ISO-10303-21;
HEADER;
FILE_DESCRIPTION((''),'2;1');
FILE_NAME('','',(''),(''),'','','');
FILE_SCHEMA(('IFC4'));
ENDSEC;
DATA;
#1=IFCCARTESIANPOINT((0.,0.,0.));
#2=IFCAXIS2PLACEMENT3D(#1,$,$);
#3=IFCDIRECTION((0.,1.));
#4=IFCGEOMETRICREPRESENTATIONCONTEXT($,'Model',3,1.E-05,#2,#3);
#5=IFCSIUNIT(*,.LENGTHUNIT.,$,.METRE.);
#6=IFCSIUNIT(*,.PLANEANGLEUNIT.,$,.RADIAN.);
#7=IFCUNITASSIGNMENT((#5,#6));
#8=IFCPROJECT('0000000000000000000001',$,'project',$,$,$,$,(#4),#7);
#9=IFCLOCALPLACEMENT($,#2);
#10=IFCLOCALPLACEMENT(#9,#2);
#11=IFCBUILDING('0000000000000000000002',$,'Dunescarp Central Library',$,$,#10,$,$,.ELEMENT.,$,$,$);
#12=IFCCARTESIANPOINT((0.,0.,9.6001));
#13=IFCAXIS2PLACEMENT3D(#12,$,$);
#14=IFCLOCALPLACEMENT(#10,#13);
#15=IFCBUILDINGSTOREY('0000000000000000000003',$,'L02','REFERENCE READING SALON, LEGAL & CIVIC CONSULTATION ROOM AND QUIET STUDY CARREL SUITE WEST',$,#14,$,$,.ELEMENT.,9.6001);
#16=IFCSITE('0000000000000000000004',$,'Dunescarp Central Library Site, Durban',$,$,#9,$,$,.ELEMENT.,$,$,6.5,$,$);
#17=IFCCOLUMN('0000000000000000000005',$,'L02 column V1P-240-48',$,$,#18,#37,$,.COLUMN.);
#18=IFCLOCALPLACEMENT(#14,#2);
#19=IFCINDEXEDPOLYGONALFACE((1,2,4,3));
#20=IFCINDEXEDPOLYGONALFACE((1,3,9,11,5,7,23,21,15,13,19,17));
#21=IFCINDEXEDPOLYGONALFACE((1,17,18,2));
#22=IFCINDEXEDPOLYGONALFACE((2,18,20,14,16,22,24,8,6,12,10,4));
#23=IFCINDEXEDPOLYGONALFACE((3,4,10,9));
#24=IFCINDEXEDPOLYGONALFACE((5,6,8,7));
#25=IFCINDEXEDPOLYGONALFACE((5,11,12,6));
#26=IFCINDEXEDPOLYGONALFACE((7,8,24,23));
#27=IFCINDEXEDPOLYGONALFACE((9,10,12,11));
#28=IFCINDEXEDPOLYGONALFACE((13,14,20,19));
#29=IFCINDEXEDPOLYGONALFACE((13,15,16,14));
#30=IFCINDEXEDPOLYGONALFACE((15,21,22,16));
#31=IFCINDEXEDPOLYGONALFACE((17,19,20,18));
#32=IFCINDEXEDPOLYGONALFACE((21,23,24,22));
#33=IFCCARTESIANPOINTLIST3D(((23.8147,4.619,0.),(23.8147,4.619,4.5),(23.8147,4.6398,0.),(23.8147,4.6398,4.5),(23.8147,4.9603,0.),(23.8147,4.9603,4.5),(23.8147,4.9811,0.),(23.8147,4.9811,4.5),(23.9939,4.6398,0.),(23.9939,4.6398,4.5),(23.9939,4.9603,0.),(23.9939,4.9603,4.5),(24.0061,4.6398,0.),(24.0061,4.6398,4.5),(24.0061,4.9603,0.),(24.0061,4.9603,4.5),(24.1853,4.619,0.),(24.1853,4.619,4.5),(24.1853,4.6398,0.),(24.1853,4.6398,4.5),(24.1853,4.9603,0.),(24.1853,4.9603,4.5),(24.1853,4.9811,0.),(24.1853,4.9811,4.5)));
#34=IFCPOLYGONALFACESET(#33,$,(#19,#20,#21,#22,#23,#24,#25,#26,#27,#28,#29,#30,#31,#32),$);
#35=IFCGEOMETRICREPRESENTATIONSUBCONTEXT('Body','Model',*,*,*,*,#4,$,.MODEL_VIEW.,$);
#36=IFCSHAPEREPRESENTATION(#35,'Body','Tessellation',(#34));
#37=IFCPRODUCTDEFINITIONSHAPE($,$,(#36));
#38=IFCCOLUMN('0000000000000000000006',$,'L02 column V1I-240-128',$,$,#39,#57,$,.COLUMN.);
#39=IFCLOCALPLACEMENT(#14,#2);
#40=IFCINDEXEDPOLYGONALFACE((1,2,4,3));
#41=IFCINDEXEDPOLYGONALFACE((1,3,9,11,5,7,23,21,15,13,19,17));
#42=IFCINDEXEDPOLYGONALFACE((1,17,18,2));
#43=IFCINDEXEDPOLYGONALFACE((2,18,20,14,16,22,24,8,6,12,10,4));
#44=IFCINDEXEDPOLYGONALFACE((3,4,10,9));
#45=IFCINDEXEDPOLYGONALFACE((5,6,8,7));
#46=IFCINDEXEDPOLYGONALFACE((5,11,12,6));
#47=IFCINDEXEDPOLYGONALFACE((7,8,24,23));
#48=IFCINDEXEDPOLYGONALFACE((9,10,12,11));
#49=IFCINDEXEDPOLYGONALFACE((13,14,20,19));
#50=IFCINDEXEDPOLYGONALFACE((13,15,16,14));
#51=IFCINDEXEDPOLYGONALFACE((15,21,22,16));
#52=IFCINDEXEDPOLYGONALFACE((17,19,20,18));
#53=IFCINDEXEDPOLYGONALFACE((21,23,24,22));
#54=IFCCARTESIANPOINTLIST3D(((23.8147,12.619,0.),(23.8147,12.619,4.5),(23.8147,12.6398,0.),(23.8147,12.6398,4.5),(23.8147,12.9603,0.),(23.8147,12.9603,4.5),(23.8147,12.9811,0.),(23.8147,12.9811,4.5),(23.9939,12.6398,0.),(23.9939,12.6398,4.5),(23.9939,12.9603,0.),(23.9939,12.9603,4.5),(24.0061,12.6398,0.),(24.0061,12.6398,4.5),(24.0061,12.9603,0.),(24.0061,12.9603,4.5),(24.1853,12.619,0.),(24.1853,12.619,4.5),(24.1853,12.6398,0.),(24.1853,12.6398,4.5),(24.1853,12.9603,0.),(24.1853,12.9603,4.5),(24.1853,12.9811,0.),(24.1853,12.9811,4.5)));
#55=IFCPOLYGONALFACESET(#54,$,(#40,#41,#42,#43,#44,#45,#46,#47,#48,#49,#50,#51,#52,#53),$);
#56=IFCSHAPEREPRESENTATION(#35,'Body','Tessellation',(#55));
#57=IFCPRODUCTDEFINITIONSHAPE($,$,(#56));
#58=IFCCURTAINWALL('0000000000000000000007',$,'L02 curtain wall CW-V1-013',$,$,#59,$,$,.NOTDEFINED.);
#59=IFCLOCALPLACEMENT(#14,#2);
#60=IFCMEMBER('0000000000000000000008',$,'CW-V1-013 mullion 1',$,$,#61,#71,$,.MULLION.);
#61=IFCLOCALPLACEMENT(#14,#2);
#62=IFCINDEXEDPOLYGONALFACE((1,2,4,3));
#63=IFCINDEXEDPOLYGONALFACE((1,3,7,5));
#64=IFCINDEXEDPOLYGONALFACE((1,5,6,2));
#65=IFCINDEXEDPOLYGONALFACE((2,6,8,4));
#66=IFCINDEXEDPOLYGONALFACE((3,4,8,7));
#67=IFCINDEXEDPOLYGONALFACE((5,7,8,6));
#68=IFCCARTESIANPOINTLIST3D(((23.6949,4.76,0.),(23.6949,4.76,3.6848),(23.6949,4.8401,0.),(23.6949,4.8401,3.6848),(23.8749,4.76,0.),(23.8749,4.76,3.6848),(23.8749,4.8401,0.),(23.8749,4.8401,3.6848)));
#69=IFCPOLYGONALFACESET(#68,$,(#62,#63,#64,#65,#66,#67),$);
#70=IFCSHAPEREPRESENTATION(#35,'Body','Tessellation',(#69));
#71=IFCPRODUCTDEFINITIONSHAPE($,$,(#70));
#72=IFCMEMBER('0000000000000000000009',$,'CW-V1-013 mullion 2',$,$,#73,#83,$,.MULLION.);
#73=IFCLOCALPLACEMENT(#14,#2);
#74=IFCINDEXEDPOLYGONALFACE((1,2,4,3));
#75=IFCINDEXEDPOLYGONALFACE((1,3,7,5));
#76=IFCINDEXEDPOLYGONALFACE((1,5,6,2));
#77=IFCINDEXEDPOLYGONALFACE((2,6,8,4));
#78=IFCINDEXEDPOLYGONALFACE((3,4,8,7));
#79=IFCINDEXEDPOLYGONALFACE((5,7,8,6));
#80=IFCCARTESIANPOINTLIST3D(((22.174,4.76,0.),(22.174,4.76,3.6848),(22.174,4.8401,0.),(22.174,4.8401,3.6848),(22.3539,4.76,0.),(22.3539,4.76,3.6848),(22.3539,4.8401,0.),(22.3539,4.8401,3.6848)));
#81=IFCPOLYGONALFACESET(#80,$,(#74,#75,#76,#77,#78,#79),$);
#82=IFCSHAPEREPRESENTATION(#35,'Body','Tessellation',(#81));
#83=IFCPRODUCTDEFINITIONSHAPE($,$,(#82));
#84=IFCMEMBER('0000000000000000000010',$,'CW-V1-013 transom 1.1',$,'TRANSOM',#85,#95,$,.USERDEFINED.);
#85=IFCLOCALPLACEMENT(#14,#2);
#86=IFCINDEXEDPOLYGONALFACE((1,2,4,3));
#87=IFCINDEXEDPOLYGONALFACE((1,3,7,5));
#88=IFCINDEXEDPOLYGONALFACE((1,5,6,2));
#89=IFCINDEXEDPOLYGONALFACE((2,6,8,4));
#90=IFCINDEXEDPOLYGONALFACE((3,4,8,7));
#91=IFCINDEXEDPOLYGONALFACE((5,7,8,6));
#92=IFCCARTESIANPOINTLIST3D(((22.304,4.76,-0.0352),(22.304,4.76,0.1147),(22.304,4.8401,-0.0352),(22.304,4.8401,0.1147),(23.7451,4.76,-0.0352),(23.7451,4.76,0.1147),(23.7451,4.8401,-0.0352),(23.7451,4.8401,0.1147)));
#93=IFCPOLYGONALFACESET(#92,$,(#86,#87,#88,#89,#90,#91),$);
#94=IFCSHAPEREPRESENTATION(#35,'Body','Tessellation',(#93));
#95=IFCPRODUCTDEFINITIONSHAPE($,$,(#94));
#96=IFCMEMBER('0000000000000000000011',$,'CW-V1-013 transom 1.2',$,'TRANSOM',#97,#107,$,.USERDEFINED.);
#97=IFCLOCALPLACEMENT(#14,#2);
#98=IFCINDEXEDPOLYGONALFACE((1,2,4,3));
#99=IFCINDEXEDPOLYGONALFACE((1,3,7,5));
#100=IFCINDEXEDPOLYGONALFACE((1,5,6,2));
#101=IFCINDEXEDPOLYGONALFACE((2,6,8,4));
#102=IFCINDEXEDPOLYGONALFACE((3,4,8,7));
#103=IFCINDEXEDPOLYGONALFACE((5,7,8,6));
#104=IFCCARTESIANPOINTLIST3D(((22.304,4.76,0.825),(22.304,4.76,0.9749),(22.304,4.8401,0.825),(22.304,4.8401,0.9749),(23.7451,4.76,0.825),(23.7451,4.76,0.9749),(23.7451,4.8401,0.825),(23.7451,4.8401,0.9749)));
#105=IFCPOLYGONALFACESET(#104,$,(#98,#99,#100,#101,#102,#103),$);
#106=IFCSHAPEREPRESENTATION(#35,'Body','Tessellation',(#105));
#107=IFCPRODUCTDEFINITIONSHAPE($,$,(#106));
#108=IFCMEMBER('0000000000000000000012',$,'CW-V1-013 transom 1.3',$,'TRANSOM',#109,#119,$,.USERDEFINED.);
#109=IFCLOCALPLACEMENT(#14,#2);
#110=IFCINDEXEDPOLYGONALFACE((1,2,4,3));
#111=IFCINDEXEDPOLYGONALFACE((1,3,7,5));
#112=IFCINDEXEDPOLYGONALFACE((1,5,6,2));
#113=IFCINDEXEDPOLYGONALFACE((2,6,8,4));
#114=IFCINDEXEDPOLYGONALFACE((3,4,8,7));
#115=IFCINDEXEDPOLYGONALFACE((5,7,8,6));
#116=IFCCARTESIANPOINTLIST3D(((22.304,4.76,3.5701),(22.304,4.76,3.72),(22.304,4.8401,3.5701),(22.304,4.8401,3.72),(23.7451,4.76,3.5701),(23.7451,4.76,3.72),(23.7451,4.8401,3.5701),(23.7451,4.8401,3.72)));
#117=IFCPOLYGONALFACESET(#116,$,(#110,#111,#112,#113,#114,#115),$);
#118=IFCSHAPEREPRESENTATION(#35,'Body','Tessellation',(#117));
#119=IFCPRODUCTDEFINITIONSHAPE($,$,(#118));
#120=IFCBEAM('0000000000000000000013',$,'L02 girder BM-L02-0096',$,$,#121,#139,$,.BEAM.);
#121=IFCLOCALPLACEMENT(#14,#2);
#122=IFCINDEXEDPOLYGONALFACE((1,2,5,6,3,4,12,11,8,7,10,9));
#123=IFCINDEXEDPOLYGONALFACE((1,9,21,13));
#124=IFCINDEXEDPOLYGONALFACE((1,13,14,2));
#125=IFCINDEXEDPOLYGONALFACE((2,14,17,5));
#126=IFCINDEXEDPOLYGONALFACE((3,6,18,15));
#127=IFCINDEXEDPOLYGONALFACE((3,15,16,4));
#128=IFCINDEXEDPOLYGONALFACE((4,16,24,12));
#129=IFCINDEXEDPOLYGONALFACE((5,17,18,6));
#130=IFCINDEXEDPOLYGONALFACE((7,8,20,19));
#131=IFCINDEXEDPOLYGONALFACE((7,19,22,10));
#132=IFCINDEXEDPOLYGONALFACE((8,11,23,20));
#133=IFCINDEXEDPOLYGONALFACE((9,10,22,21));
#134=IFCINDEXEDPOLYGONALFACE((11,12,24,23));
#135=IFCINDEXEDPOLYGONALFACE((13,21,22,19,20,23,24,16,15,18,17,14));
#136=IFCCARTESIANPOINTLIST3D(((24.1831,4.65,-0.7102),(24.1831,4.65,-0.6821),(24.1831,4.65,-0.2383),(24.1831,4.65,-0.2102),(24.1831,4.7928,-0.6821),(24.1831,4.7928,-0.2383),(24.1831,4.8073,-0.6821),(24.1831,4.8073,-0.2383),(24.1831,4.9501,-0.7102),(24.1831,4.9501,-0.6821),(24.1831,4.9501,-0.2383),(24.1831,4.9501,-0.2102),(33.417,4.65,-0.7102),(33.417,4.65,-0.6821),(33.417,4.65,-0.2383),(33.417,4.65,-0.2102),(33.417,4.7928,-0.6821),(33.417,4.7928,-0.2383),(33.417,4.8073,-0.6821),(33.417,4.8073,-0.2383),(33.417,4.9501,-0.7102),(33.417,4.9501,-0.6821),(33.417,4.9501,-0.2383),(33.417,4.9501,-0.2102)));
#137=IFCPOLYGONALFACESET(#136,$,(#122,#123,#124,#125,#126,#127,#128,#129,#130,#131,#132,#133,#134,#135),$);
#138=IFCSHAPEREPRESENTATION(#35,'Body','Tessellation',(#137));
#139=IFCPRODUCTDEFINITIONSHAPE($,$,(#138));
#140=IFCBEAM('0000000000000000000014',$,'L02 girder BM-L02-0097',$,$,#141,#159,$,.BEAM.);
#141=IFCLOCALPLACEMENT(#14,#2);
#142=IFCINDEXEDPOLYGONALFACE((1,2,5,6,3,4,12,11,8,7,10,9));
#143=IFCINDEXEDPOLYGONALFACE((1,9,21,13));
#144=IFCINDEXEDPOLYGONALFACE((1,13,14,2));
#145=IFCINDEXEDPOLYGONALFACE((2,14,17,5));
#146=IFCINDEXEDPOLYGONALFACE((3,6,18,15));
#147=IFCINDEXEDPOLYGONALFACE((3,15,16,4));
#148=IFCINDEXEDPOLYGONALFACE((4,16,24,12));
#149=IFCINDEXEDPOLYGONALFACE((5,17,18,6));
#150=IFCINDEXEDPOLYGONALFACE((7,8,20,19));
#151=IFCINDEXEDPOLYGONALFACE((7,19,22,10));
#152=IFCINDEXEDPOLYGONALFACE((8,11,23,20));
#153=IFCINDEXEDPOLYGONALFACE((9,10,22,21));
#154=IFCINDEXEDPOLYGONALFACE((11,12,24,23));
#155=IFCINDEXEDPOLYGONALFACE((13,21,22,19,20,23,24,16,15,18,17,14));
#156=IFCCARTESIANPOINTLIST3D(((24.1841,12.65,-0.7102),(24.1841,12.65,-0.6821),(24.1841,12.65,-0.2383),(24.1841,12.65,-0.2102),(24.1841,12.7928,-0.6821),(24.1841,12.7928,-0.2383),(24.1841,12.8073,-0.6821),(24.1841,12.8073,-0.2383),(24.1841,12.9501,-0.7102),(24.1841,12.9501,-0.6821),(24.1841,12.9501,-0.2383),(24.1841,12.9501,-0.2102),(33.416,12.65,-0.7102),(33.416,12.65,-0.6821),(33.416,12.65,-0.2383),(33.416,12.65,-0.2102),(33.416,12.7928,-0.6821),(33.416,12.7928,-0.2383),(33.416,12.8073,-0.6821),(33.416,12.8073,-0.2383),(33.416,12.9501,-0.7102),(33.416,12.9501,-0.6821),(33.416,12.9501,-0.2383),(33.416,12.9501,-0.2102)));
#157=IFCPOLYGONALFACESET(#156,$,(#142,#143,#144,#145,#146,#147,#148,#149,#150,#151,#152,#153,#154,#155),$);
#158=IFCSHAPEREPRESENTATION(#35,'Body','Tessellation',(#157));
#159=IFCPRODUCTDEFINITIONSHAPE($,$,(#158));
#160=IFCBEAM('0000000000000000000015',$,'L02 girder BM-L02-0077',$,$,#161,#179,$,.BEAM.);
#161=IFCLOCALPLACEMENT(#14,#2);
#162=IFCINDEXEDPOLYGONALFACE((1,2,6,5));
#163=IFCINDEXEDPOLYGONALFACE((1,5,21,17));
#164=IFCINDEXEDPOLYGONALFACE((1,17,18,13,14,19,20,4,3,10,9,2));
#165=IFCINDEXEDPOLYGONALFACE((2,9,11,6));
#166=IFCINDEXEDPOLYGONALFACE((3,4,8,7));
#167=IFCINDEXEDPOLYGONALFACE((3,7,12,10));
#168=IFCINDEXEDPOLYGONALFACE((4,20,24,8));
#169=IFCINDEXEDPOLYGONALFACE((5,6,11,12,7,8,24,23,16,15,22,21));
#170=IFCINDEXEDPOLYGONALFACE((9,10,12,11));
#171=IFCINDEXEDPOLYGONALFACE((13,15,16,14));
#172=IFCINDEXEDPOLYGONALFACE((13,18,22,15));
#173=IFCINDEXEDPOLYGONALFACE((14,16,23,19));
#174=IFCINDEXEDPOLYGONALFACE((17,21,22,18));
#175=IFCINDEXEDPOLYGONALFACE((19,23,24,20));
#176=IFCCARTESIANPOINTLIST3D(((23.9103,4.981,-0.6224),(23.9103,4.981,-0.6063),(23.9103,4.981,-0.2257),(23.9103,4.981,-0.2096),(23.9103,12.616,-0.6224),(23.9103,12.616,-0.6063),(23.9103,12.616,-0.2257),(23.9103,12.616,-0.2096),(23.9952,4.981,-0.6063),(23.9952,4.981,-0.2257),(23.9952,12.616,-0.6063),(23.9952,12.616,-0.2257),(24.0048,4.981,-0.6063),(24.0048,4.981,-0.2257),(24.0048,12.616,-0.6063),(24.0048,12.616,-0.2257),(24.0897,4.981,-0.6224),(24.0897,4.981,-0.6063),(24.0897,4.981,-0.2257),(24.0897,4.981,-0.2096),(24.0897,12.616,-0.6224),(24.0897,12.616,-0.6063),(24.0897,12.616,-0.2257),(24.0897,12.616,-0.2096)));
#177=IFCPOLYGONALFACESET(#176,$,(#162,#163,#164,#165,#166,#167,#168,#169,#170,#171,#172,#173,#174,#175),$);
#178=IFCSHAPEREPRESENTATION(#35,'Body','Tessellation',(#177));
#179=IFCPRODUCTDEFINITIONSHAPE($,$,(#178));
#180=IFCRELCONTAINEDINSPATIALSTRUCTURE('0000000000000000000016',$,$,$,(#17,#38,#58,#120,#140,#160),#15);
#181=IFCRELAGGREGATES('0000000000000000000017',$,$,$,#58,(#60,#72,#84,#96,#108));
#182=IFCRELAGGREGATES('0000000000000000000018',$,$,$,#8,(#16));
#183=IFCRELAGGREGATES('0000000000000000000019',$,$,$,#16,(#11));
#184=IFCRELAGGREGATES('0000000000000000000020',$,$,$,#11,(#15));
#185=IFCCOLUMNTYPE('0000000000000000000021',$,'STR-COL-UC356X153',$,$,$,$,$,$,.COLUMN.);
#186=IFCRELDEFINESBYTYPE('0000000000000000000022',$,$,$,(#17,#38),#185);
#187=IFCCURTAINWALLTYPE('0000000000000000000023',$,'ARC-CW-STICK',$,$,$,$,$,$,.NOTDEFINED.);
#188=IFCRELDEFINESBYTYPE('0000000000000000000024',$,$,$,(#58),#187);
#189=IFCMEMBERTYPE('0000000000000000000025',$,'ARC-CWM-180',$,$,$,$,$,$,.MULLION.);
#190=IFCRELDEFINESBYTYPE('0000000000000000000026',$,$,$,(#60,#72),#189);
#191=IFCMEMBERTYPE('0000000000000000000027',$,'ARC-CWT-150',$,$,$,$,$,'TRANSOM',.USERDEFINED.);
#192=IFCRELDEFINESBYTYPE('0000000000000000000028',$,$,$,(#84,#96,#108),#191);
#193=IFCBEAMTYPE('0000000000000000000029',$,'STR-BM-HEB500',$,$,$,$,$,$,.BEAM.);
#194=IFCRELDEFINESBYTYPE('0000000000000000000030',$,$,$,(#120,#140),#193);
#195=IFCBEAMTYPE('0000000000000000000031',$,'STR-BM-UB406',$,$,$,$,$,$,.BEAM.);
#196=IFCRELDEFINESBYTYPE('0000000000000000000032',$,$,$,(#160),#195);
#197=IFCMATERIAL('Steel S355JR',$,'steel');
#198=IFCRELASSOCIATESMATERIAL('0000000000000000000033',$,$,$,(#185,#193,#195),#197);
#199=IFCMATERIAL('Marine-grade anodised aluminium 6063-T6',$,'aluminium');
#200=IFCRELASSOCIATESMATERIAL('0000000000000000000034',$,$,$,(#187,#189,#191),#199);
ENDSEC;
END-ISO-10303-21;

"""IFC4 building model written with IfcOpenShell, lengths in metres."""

from ifc_helpers import new_model, si_unit, direction, frame, origin, origin_2d, place, context, subcontext, project, spatial, rectangle, i_section, extrude, material, material_profile, profile_set, type_object, element, aggregate, save


model = new_model("IFC4")

# Units and contexts
model_context = context("Model", 3, precision=1e-05, world=origin(), true_north=direction((0.0, 1.0)))
body_context = subcontext(model_context, "Body", "Model", "MODEL_VIEW")
ifc_project = project(units=[si_unit("LENGTHUNIT", "METRE"), si_unit("PLANEANGLEUNIT", "RADIAN")], contexts=[model_context])

# Site, building, storey
site_placement = place(None, origin())
site = spatial("IfcSite", under=ifc_project, at=site_placement, Name="Dunescarp Central Library Site, Durban", CompositionType="ELEMENT", RefElevation=6.5)
building_placement = place(site_placement, origin())
building = spatial("IfcBuilding", under=site, at=building_placement, Name="Dunescarp Central Library", CompositionType="ELEMENT")
storey_placement = place(building_placement, frame((0.0, 0.0, 9.6001)))
storey = spatial("IfcBuildingStorey", under=building, at=storey_placement, Name="L02", Description="REFERENCE READING SALON, LEGAL & CIVIC CONSULTATION ROOM AND QUIET STUDY CARREL SUITE WEST", CompositionType="ELEMENT", Elevation=9.6001)

# Columns
ifc_material_1 = material(Name="Steel S355JR", Category="steel")
ifc_material_profile_1 = material_profile(ifc_material_1, i_section(OverallWidth=0.3706, OverallDepth=0.3621, WebThickness=0.0122, FlangeThickness=0.0208, at=origin_2d()), Name="UC 356x368x153")
ifc_profile_set_1 = profile_set([ifc_material_profile_1], Name="Steel S355JR")
column_type = type_object("IfcColumnType", Name="STR-COL-UC356X153", PredefinedType="COLUMN", material=ifc_profile_set_1)
for number, where, z_axis, x_axis, name in (
    (1, (24.0, 4.8, 0.0), (0.0, 0.0, 1.0), (1.0, 0.0, 0.0), "L02 column V1P-240-48"),
    (2, (24.0, 12.8, 0.0), (0.0, 0.0, 1.0), (1.0, 0.0, 0.0), "L02 column V1I-240-128"),
):
    element("IfcColumn", number, at=place(storey_placement, frame(where, z_axis=z_axis, x_axis=x_axis)), inside=storey, type_object=column_type, Name=name, PredefinedType="COLUMN", context=body_context, shape_type="SweptSolid", body=[
        extrude(i_section(OverallWidth=0.3706, OverallDepth=0.3621, WebThickness=0.0122, FlangeThickness=0.0208, at=origin_2d()), origin(), (0.0, 0.0, 1.0), 4.5),
    ])

# Curtain wall, members
ifc_material_2 = material(Name="Marine-grade anodised aluminium 6063-T6", Category="aluminium")
curtain_wall_type = type_object("IfcCurtainWallType", Name="ARC-CW-STICK", PredefinedType="NOTDEFINED", material=ifc_material_2)
curtain_wall_placement = place(storey_placement, origin())
curtain_wall = element("IfcCurtainWall", 3, at=curtain_wall_placement, inside=storey, type_object=curtain_wall_type, Name="L02 curtain wall CW-V1-013", PredefinedType="NOTDEFINED")
ifc_material_profile_2 = material_profile(ifc_material_2, rectangle(XDim=0.0801, YDim=0.1799, at=origin_2d()), Name="AL 80x180")
ifc_profile_set_2 = profile_set([ifc_material_profile_2], Name="Marine-grade anodised aluminium 6063-T6")
member_type_1 = type_object("IfcMemberType", Name="ARC-CWM-180", PredefinedType="MULLION", material=ifc_profile_set_2)
member_1_placement = place(storey_placement, frame((23.7849, 4.8, 0.0), z_axis=(0.0, 0.0, 1.0), x_axis=(0.0, -1.0, 0.0)))
member_1 = element("IfcMember", 4, at=member_1_placement, type_object=member_type_1, Name="CW-V1-013 mullion 1", PredefinedType="MULLION", context=body_context, shape_type="SweptSolid", body=[
    extrude(rectangle(XDim=0.0801, YDim=0.1799, at=origin_2d()), origin(), (0.0, 0.0, 1.0), 3.6848),
])
member_2_placement = place(storey_placement, frame((22.2639, 4.8, 0.0), z_axis=(0.0, 0.0, 1.0), x_axis=(0.0, -1.0, 0.0)))
member_2 = element("IfcMember", 5, at=member_2_placement, type_object=member_type_1, Name="CW-V1-013 mullion 2", PredefinedType="MULLION", context=body_context, shape_type="SweptSolid", body=[
    extrude(rectangle(XDim=0.0801, YDim=0.1799, at=origin_2d()), origin(), (0.0, 0.0, 1.0), 3.6848),
])
ifc_material_profile_3 = material_profile(ifc_material_2, rectangle(XDim=0.0801, YDim=0.1499, at=origin_2d()), Name="AL 80x150")
ifc_profile_set_3 = profile_set([ifc_material_profile_3], Name="Marine-grade anodised aluminium 6063-T6")
member_type_2 = type_object("IfcMemberType", Name="ARC-CWT-150", ElementType="TRANSOM", PredefinedType="USERDEFINED", material=ifc_profile_set_3)
member_3_placement = place(storey_placement, frame((23.7451, 4.8, 0.0398), z_axis=(-1.0, 0.0, 0.0), x_axis=(0.0, -1.0, 0.0)))
member_3 = element("IfcMember", 6, at=member_3_placement, type_object=member_type_2, Name="CW-V1-013 transom 1.1", ObjectType="TRANSOM", PredefinedType="USERDEFINED", context=body_context, shape_type="SweptSolid", body=[
    extrude(rectangle(XDim=0.0801, YDim=0.1499, at=origin_2d()), origin(), (0.0, 0.0, 1.0), 1.4412),
])
member_4_placement = place(storey_placement, frame((23.7451, 4.8, 0.8999), z_axis=(-1.0, 0.0, 0.0), x_axis=(0.0, -1.0, 0.0)))
member_4 = element("IfcMember", 7, at=member_4_placement, type_object=member_type_2, Name="CW-V1-013 transom 1.2", ObjectType="TRANSOM", PredefinedType="USERDEFINED", context=body_context, shape_type="SweptSolid", body=[
    extrude(rectangle(XDim=0.0801, YDim=0.1499, at=origin_2d()), origin(), (0.0, 0.0, 1.0), 1.4412),
])
member_5_placement = place(storey_placement, frame((23.7451, 4.8, 3.645), z_axis=(-1.0, 0.0, 0.0), x_axis=(0.0, -1.0, 0.0)))
member_5 = element("IfcMember", 8, at=member_5_placement, type_object=member_type_2, Name="CW-V1-013 transom 1.3", ObjectType="TRANSOM", PredefinedType="USERDEFINED", context=body_context, shape_type="SweptSolid", body=[
    extrude(rectangle(XDim=0.0801, YDim=0.1499, at=origin_2d()), origin(), (0.0, 0.0, 1.0), 1.4412),
])

# Beams
ifc_material_profile_4 = material_profile(ifc_material_1, i_section(OverallWidth=0.3, OverallDepth=0.5, WebThickness=0.0144, FlangeThickness=0.0281, at=origin_2d()), Name="HEB 500")
ifc_profile_set_4 = profile_set([ifc_material_profile_4], Name="Steel S355JR")
beam_type_1 = type_object("IfcBeamType", Name="STR-BM-HEB500", PredefinedType="BEAM", material=ifc_profile_set_4)
beam_1_placement = place(storey_placement, frame((24.1831, 4.8, -0.4602), z_axis=(1.0, 0.0, 0.0), x_axis=(0.0, 1.0, 0.0)))
element("IfcBeam", 9, at=beam_1_placement, inside=storey, type_object=beam_type_1, Name="L02 girder BM-L02-0096", PredefinedType="BEAM", context=body_context, shape_type="SweptSolid", body=[
    extrude(i_section(OverallWidth=0.3, OverallDepth=0.5, WebThickness=0.0144, FlangeThickness=0.0281, at=origin_2d()), origin(), (0.0, 0.0, 1.0), 9.2339),
])
beam_2_placement = place(storey_placement, frame((24.1841, 12.8, -0.4602), z_axis=(1.0, 0.0, 0.0), x_axis=(0.0, 1.0, 0.0)))
element("IfcBeam", 10, at=beam_2_placement, inside=storey, type_object=beam_type_1, Name="L02 girder BM-L02-0097", PredefinedType="BEAM", context=body_context, shape_type="SweptSolid", body=[
    extrude(i_section(OverallWidth=0.3, OverallDepth=0.5, WebThickness=0.0144, FlangeThickness=0.0281, at=origin_2d()), origin(), (0.0, 0.0, 1.0), 9.2319),
])
ifc_material_profile_5 = material_profile(ifc_material_1, i_section(OverallWidth=0.1794, OverallDepth=0.4128, WebThickness=0.0095, FlangeThickness=0.0161, at=origin_2d()), Name="UB 406x178x74")
ifc_profile_set_5 = profile_set([ifc_material_profile_5], Name="Steel S355JR")
beam_type_2 = type_object("IfcBeamType", Name="STR-BM-UB406", PredefinedType="BEAM", material=ifc_profile_set_5)
beam_3_placement = place(storey_placement, frame((24.0, 4.981, -0.416), z_axis=(0.0, 1.0, 0.0), x_axis=(-1.0, 0.0, 0.0)))
element("IfcBeam", 11, at=beam_3_placement, inside=storey, type_object=beam_type_2, Name="L02 girder BM-L02-0077", PredefinedType="BEAM", context=body_context, shape_type="SweptSolid", body=[
    extrude(i_section(OverallWidth=0.1794, OverallDepth=0.4128, WebThickness=0.0095, FlangeThickness=0.0161, at=origin_2d()), origin(), (0.0, 0.0, 1.0), 7.635),
])

aggregate(curtain_wall, [member_1, member_2, member_3, member_4, member_5])

save(model, "model.ifc")
